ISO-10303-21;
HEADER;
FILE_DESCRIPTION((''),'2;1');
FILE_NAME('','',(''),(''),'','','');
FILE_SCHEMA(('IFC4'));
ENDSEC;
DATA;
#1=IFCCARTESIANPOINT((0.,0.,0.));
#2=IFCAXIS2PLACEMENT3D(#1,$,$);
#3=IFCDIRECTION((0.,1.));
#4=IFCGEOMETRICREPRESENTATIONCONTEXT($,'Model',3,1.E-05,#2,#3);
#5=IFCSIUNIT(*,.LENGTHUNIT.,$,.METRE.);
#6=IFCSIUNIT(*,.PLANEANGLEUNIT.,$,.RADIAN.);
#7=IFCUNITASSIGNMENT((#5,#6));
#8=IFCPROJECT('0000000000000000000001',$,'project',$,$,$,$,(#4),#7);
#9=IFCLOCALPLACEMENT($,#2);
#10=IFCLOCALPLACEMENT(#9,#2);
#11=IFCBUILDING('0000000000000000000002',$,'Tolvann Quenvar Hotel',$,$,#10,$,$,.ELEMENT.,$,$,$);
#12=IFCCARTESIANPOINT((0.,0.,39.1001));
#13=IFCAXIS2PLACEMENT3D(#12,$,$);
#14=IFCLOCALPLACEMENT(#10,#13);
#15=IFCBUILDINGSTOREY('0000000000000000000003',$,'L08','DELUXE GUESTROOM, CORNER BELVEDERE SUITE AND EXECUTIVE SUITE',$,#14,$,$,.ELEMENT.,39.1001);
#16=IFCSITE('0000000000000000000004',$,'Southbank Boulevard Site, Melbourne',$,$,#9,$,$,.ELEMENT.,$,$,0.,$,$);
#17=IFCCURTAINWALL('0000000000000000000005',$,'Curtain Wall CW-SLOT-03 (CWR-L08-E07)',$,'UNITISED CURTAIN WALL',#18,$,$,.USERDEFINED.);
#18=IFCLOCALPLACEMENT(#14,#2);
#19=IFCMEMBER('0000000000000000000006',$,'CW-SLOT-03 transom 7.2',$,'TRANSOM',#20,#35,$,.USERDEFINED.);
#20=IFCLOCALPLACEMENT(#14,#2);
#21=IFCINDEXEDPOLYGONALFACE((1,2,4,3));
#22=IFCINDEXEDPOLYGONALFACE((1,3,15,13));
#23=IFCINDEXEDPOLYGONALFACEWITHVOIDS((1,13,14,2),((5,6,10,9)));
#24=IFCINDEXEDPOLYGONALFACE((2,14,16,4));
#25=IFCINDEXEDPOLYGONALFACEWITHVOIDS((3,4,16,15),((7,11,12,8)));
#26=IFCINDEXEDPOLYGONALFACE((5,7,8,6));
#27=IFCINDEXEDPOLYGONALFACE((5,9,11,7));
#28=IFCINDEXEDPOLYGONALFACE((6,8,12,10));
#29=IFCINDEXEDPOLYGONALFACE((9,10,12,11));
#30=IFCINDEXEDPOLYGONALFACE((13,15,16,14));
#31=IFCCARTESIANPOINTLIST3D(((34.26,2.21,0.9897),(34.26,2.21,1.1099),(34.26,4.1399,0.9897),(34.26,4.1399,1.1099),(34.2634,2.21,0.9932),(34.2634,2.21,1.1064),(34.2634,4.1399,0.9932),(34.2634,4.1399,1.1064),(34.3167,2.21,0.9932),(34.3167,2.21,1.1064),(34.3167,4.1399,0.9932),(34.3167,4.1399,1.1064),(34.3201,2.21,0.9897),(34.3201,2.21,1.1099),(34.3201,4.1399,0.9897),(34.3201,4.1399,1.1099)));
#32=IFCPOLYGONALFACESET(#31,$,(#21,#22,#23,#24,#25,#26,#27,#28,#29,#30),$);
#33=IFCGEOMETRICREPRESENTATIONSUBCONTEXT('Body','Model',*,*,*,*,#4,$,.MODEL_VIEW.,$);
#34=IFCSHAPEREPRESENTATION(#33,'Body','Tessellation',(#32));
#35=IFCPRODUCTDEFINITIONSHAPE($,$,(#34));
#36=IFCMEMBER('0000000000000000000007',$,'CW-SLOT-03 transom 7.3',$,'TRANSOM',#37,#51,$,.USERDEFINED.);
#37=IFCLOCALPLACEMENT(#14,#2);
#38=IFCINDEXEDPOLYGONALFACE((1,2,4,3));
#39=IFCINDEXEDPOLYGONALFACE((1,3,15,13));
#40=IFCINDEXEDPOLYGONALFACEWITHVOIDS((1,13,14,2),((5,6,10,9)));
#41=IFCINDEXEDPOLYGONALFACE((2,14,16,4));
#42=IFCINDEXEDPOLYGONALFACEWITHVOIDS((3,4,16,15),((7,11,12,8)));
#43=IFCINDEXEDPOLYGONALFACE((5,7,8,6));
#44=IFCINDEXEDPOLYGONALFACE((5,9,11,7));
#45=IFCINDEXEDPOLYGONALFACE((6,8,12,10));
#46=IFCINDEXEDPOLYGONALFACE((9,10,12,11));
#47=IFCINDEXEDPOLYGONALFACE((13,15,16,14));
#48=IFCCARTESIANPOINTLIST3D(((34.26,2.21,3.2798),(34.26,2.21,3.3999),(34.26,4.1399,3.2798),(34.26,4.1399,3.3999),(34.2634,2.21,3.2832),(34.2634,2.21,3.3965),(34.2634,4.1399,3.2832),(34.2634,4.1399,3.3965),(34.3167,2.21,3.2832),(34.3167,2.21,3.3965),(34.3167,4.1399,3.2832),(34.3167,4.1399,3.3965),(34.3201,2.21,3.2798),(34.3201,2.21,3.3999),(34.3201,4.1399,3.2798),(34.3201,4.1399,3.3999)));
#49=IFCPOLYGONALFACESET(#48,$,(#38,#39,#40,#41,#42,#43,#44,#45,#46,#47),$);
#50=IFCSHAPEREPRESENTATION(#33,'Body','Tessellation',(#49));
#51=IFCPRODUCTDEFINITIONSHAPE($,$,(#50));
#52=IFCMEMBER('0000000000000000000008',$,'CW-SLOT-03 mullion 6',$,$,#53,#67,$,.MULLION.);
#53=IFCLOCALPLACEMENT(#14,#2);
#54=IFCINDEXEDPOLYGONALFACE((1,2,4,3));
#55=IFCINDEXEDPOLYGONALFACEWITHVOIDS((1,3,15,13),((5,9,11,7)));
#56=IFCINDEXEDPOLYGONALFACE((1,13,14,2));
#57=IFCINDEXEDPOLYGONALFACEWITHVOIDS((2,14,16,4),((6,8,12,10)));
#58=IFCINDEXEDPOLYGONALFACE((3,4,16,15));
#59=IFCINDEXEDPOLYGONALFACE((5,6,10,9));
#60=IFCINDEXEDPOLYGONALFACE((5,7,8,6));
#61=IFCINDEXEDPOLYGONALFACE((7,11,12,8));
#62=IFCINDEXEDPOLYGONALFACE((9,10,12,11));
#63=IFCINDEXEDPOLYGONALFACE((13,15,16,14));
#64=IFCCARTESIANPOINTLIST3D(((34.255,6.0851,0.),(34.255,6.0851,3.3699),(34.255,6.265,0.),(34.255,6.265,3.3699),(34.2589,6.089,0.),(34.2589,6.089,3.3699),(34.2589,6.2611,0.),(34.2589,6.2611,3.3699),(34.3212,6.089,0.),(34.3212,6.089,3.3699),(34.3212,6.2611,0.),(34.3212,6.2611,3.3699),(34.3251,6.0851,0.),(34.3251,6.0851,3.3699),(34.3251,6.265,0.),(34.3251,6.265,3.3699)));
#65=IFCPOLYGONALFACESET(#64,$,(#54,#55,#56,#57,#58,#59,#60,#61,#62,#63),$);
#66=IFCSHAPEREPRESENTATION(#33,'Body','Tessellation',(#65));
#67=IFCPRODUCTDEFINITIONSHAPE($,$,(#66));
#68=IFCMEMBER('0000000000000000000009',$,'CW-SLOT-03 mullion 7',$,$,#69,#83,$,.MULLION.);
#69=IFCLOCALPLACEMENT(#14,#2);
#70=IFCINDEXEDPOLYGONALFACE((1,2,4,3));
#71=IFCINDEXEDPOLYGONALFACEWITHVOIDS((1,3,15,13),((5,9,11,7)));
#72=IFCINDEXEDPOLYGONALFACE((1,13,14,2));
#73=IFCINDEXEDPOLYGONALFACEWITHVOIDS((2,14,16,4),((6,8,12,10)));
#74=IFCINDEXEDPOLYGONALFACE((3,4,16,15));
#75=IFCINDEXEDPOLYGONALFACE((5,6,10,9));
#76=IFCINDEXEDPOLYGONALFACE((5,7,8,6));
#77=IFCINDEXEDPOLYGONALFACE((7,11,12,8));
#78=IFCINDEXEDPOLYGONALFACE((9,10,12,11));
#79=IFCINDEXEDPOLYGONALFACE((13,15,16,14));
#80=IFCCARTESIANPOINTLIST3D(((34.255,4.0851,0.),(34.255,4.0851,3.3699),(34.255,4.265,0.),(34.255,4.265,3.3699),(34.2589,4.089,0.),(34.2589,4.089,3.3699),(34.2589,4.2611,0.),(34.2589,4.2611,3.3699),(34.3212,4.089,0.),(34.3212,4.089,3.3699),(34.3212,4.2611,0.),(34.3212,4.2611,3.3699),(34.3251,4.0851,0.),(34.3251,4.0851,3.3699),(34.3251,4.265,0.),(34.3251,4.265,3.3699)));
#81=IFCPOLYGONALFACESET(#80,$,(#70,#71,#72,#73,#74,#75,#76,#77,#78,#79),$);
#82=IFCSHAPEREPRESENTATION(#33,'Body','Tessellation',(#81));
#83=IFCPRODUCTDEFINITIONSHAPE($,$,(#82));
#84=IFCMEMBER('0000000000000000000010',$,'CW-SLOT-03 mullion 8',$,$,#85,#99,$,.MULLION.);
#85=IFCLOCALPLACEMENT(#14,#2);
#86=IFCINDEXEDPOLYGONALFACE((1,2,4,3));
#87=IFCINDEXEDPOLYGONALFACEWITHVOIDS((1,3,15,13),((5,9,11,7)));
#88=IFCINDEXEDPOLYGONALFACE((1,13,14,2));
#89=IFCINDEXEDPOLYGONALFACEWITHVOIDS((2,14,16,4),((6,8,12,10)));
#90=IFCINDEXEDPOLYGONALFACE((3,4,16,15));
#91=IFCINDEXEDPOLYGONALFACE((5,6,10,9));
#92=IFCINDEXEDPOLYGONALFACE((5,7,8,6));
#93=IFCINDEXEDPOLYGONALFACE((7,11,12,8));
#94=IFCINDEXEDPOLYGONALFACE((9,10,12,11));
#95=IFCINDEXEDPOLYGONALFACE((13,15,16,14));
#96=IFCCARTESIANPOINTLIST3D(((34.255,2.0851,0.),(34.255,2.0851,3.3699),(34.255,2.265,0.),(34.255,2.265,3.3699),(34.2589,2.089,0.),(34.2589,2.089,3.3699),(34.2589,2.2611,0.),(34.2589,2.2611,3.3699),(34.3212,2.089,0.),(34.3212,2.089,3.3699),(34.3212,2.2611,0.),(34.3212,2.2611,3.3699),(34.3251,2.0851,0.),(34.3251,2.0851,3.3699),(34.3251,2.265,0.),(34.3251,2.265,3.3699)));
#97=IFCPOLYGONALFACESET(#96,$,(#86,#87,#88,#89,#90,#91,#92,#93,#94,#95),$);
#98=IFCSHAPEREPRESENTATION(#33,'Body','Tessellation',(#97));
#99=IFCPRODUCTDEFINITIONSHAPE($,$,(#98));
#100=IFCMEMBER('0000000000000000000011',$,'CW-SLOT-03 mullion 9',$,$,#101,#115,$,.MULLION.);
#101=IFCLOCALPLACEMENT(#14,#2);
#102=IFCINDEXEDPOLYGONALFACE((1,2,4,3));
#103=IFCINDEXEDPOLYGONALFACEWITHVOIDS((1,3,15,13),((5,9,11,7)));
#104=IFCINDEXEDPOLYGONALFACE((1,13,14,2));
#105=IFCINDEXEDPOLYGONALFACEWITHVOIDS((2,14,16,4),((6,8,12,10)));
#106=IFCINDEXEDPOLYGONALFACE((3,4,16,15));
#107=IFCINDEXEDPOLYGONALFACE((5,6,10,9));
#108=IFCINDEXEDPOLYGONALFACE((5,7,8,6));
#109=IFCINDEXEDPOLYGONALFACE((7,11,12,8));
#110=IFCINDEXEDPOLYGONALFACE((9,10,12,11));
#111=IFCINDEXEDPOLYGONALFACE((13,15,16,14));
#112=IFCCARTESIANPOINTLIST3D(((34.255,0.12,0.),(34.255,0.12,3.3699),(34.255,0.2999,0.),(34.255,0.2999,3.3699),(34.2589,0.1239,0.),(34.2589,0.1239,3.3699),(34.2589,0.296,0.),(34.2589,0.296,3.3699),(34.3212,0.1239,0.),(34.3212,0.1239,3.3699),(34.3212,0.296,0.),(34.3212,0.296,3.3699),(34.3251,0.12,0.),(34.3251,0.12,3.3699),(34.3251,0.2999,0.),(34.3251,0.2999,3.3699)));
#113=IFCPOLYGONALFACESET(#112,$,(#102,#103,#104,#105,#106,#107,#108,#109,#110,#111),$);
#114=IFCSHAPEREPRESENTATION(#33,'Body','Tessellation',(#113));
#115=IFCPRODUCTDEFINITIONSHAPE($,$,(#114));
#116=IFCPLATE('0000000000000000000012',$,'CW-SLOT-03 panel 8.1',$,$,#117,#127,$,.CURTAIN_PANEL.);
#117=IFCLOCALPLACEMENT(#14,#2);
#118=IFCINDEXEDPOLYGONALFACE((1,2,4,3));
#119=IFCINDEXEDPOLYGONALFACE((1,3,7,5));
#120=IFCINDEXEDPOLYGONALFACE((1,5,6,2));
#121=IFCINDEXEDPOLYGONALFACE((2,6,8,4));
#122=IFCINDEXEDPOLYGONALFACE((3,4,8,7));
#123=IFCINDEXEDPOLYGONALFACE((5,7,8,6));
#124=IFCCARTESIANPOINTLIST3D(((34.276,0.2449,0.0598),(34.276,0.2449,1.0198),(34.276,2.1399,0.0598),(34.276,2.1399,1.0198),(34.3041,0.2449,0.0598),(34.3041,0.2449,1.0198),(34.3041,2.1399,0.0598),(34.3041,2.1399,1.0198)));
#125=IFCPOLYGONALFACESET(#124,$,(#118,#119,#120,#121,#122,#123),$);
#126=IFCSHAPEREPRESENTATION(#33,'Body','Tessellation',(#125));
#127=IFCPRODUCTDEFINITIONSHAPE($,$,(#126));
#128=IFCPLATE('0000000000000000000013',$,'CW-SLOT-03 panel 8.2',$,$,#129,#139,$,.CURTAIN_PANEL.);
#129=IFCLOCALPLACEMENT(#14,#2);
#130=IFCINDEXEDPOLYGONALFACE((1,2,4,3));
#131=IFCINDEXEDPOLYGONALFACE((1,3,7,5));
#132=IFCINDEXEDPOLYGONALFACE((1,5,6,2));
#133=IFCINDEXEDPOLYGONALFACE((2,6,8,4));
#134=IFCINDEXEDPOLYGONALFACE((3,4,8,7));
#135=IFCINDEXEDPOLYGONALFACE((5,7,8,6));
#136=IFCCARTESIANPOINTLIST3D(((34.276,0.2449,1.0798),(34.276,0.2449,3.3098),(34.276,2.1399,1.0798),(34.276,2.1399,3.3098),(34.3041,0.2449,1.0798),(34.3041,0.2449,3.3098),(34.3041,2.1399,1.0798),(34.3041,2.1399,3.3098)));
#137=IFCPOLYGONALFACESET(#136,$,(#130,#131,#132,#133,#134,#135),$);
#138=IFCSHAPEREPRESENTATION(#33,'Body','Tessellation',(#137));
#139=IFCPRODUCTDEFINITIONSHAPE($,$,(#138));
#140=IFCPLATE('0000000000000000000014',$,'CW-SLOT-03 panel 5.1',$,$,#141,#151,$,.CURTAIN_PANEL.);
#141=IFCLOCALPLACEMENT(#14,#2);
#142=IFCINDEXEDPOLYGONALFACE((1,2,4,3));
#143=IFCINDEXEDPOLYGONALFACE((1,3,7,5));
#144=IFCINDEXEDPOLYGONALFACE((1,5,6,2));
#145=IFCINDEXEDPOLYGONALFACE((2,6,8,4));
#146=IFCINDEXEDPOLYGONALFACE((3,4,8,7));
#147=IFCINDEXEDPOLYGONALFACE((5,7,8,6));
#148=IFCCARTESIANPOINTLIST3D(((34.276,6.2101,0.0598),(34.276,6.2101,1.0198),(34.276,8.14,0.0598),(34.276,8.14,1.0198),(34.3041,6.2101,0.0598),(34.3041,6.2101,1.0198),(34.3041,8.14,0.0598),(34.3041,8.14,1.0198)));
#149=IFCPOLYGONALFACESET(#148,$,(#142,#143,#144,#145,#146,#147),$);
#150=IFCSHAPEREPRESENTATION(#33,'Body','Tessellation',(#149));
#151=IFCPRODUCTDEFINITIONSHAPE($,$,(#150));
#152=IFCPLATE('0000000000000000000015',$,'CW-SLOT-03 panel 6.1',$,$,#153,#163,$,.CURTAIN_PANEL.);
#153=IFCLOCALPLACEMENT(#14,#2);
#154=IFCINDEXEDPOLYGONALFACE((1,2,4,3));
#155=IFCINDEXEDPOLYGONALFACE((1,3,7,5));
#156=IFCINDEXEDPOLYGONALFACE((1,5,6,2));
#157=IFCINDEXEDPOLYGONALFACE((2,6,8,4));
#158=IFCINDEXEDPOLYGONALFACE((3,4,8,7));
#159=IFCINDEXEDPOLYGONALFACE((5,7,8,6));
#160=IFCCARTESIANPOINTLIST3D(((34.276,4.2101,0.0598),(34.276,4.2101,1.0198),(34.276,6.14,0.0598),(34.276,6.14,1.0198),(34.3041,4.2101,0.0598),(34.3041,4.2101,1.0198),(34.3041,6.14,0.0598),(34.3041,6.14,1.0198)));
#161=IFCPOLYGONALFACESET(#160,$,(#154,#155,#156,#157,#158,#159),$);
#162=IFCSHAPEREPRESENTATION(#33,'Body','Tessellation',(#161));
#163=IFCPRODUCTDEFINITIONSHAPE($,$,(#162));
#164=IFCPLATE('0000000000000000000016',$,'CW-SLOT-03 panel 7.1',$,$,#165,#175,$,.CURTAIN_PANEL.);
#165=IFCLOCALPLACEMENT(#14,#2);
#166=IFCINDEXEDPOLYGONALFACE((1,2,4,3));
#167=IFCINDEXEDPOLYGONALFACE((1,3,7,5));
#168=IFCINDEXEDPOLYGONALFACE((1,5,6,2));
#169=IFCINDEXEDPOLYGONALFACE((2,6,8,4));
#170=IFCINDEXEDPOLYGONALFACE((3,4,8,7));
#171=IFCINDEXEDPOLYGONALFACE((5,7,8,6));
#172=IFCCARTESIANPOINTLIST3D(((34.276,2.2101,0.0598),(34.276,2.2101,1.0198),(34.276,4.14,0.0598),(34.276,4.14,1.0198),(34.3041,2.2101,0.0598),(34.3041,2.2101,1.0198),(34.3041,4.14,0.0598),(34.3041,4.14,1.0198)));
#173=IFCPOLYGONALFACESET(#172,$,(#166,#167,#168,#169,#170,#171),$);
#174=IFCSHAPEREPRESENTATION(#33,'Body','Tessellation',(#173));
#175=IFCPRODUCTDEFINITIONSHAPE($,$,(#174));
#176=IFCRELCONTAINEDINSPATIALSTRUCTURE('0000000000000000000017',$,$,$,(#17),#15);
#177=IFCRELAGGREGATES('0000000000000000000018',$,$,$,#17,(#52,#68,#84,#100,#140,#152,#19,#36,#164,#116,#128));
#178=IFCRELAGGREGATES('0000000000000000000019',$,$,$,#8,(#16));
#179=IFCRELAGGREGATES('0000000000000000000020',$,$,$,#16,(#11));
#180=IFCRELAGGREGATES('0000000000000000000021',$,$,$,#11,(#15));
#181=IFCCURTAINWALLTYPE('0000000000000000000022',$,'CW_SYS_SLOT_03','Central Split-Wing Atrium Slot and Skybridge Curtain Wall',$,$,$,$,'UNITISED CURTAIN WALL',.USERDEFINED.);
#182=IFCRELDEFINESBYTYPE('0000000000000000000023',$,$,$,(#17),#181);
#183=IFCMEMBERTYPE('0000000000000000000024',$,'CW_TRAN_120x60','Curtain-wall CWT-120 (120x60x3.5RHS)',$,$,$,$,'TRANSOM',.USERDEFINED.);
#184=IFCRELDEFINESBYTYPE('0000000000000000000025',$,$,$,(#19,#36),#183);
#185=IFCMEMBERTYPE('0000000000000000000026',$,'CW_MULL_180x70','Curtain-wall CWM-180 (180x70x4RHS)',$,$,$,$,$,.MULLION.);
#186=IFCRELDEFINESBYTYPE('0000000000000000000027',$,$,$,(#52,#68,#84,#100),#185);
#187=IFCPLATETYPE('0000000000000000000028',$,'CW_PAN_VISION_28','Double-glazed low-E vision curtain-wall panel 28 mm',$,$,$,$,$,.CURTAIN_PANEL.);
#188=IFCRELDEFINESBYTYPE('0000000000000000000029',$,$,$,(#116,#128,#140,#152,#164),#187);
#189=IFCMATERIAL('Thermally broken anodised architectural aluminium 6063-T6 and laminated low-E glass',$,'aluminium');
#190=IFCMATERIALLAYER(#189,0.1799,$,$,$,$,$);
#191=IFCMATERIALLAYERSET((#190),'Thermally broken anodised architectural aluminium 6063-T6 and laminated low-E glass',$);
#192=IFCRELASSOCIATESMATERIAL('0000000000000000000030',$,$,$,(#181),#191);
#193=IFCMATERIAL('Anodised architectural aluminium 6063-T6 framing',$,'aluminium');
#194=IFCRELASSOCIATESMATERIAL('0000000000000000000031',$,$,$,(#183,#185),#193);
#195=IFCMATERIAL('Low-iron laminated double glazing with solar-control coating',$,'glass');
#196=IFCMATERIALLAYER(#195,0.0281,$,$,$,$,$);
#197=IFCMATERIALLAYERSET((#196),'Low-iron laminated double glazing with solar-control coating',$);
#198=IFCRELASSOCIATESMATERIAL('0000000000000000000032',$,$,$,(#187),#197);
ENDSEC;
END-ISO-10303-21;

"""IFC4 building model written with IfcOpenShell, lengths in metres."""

from ifc_helpers import new_model, si_unit, direction, frame, origin, origin_2d, place, context, subcontext, project, spatial, rectangle, hollow_rectangle, extrude, source, transform, mapped, material, layer, layer_set, material_profile, profile_set, type_object, type_shapes, element, aggregate, save


model = new_model("IFC4")

# Units and contexts
model_context = context("Model", 3, precision=1e-05, world=origin(), true_north=direction((0.0, 1.0)))
body_context = subcontext(model_context, "Body", "Model", "MODEL_VIEW")
ifc_project = project(units=[si_unit("LENGTHUNIT", "METRE"), si_unit("PLANEANGLEUNIT", "RADIAN")], contexts=[model_context])

# Site, building, storey
site_placement = place(None, origin())
site = spatial("IfcSite", under=ifc_project, at=site_placement, Name="Southbank Boulevard Site, Melbourne", CompositionType="ELEMENT", RefElevation=0.0)
building_placement = place(site_placement, origin())
building = spatial("IfcBuilding", under=site, at=building_placement, Name="Tolvann Quenvar Hotel", CompositionType="ELEMENT")
storey_placement = place(building_placement, frame((0.0, 0.0, 39.1001)))
storey = spatial("IfcBuildingStorey", under=building, at=storey_placement, Name="L08", Description="DELUXE GUESTROOM, CORNER BELVEDERE SUITE AND EXECUTIVE SUITE", CompositionType="ELEMENT", Elevation=39.1001)

# Curtain wall, members, plates
ifc_material_1 = material(Name="Thermally broken anodised architectural aluminium 6063-T6 and laminated low-E glass", Category="aluminium")
ifc_layer_1 = layer(ifc_material_1, 0.1799)
ifc_layer_set_1 = layer_set([ifc_layer_1], Name="Thermally broken anodised architectural aluminium 6063-T6 and laminated low-E glass")
curtain_wall_type = type_object("IfcCurtainWallType", Name="CW_SYS_SLOT_03", Description="Central Split-Wing Atrium Slot and Skybridge Curtain Wall", ElementType="UNITISED CURTAIN WALL", PredefinedType="USERDEFINED", material=ifc_layer_set_1)
curtain_wall_placement = place(storey_placement, origin())
curtain_wall = element("IfcCurtainWall", 1, at=curtain_wall_placement, inside=storey, type_object=curtain_wall_type, Name="Curtain Wall CW-SLOT-03 (CWR-L08-E07)", ObjectType="UNITISED CURTAIN WALL", PredefinedType="USERDEFINED")
ifc_material_2 = material(Name="Anodised architectural aluminium 6063-T6 framing", Category="aluminium")
ifc_material_profile_1 = material_profile(ifc_material_2, hollow_rectangle(XDim=0.0601, YDim=0.1201, WallThickness=0.0034, at=origin_2d()), Name="120x60x3.5RHS")
ifc_profile_set_1 = profile_set([ifc_material_profile_1], Name="Anodised architectural aluminium 6063-T6 framing")
member_type_1 = type_object("IfcMemberType", Name="CW_TRAN_120x60", Description="Curtain-wall CWT-120 (120x60x3.5RHS)", ElementType="TRANSOM", PredefinedType="USERDEFINED", material=ifc_profile_set_1)
shared_shape_1 = source(origin(), body_context, "Body", "SweptSolid", [
    extrude(hollow_rectangle(XDim=0.0601, YDim=0.1201, WallThickness=0.0034, at=origin_2d()), origin(), (0.0, 0.0, 1.0), 1.9299),
])
member_1_placement = place(storey_placement, frame((34.29, 4.1399, 1.0498), z_axis=(0.0, -1.0, 0.0), x_axis=(1.0, 0.0, 0.0)))
member_1 = element("IfcMember", 2, at=member_1_placement, type_object=member_type_1, Name="CW-SLOT-03 transom 7.2", ObjectType="TRANSOM", PredefinedType="USERDEFINED", context=body_context, shape_type="MappedRepresentation", body=[
    mapped(shared_shape_1, transform((0.0, 0.0, 0.0), x_axis=(1.0, 0.0, 0.0), y_axis=(0.0, 1.0, 0.0), z_axis=(0.0, 0.0, 1.0), scale=1.0)),
])
member_2_placement = place(storey_placement, frame((34.29, 4.1399, 3.3398), z_axis=(0.0, -1.0, 0.0), x_axis=(1.0, 0.0, 0.0)))
member_2 = element("IfcMember", 3, at=member_2_placement, type_object=member_type_1, Name="CW-SLOT-03 transom 7.3", ObjectType="TRANSOM", PredefinedType="USERDEFINED", context=body_context, shape_type="MappedRepresentation", body=[
    mapped(shared_shape_1, transform((0.0, 0.0, 0.0), x_axis=(1.0, 0.0, 0.0), y_axis=(0.0, 1.0, 0.0), z_axis=(0.0, 0.0, 1.0), scale=1.0)),
])
ifc_material_profile_2 = material_profile(ifc_material_2, hollow_rectangle(XDim=0.0701, YDim=0.1799, WallThickness=0.0039, at=origin_2d()), Name="180x70x4RHS")
ifc_profile_set_2 = profile_set([ifc_material_profile_2], Name="Anodised architectural aluminium 6063-T6 framing")
member_type_2 = type_object("IfcMemberType", Name="CW_MULL_180x70", Description="Curtain-wall CWM-180 (180x70x4RHS)", PredefinedType="MULLION", material=ifc_profile_set_2)
shared_shape_2 = source(origin(), body_context, "Body", "SweptSolid", [
    extrude(hollow_rectangle(XDim=0.0701, YDim=0.1799, WallThickness=0.0039, at=origin_2d()), origin(), (0.0, 0.0, 1.0), 3.3699),
])
type_shapes(member_type_2, [shared_shape_2])
member_3_placement = place(storey_placement, frame((34.29, 6.175, 0.0), z_axis=(0.0, 0.0, 1.0), x_axis=(1.0, 0.0, 0.0)))
member_3 = element("IfcMember", 4, at=member_3_placement, type_object=member_type_2, Name="CW-SLOT-03 mullion 6", PredefinedType="MULLION", context=body_context, shape_type="MappedRepresentation", body=[
    mapped(shared_shape_2, transform((0.0, 0.0, 0.0), x_axis=(1.0, 0.0, 0.0), y_axis=(0.0, 1.0, 0.0), z_axis=(0.0, 0.0, 1.0), scale=1.0)),
])
member_4_placement = place(storey_placement, frame((34.29, 4.175, 0.0), z_axis=(0.0, 0.0, 1.0), x_axis=(1.0, 0.0, 0.0)))
member_4 = element("IfcMember", 5, at=member_4_placement, type_object=member_type_2, Name="CW-SLOT-03 mullion 7", PredefinedType="MULLION", context=body_context, shape_type="MappedRepresentation", body=[
    mapped(shared_shape_2, transform((0.0, 0.0, 0.0), x_axis=(1.0, 0.0, 0.0), y_axis=(0.0, 1.0, 0.0), z_axis=(0.0, 0.0, 1.0), scale=1.0)),
])
member_5_placement = place(storey_placement, frame((34.29, 2.175, 0.0), z_axis=(0.0, 0.0, 1.0), x_axis=(1.0, 0.0, 0.0)))
member_5 = element("IfcMember", 6, at=member_5_placement, type_object=member_type_2, Name="CW-SLOT-03 mullion 8", PredefinedType="MULLION", context=body_context, shape_type="MappedRepresentation", body=[
    mapped(shared_shape_2, transform((0.0, 0.0, 0.0), x_axis=(1.0, 0.0, 0.0), y_axis=(0.0, 1.0, 0.0), z_axis=(0.0, 0.0, 1.0), scale=1.0)),
])
member_6_placement = place(storey_placement, frame((34.29, 0.21, 0.0), z_axis=(0.0, 0.0, 1.0), x_axis=(1.0, 0.0, 0.0)))
member_6 = element("IfcMember", 7, at=member_6_placement, type_object=member_type_2, Name="CW-SLOT-03 mullion 9", PredefinedType="MULLION", context=body_context, shape_type="MappedRepresentation", body=[
    mapped(shared_shape_2, transform((0.0, 0.0, 0.0), x_axis=(1.0, 0.0, 0.0), y_axis=(0.0, 1.0, 0.0), z_axis=(0.0, 0.0, 1.0), scale=1.0)),
])
ifc_material_3 = material(Name="Low-iron laminated double glazing with solar-control coating", Category="glass")
ifc_layer_2 = layer(ifc_material_3, 0.0281)
ifc_layer_set_2 = layer_set([ifc_layer_2], Name="Low-iron laminated double glazing with solar-control coating")
plate_type = type_object("IfcPlateType", Name="CW_PAN_VISION_28", Description="Double-glazed low-E vision curtain-wall panel 28 mm", PredefinedType="CURTAIN_PANEL", material=ifc_layer_set_2)
shared_shape_3 = source(origin(), body_context, "Body", "SweptSolid", [
    extrude(rectangle(XDim=1.895, YDim=0.0281, at=origin_2d()), origin(), (0.0, 0.0, 1.0), 0.96),
])
plate_1_placement = place(storey_placement, frame((34.29, 1.1924, 0.0598), z_axis=(0.0, 0.0, 1.0), x_axis=(0.0, -1.0, 0.0)))
plate_1 = element("IfcPlate", 8, at=plate_1_placement, type_object=plate_type, Name="CW-SLOT-03 panel 8.1", PredefinedType="CURTAIN_PANEL", context=body_context, shape_type="MappedRepresentation", body=[
    mapped(shared_shape_3, transform((0.0, 0.0, 0.0), x_axis=(1.0, 0.0, 0.0), y_axis=(0.0, 1.0, 0.0), z_axis=(0.0, 0.0, 1.0), scale=1.0)),
])
shared_shape_4 = source(origin(), body_context, "Body", "SweptSolid", [
    extrude(rectangle(XDim=1.895, YDim=0.0281, at=origin_2d()), origin(), (0.0, 0.0, 1.0), 2.23),
])
plate_2_placement = place(storey_placement, frame((34.29, 1.1924, 1.0798), z_axis=(0.0, 0.0, 1.0), x_axis=(0.0, -1.0, 0.0)))
plate_2 = element("IfcPlate", 9, at=plate_2_placement, type_object=plate_type, Name="CW-SLOT-03 panel 8.2", PredefinedType="CURTAIN_PANEL", context=body_context, shape_type="MappedRepresentation", body=[
    mapped(shared_shape_4, transform((0.0, 0.0, 0.0), x_axis=(1.0, 0.0, 0.0), y_axis=(0.0, 1.0, 0.0), z_axis=(0.0, 0.0, 1.0), scale=1.0)),
])
shared_shape_5 = source(origin(), body_context, "Body", "SweptSolid", [
    extrude(rectangle(XDim=1.9299, YDim=0.0281, at=origin_2d()), origin(), (0.0, 0.0, 1.0), 0.96),
])
plate_3_placement = place(storey_placement, frame((34.29, 7.175, 0.0598), z_axis=(0.0, 0.0, 1.0), x_axis=(0.0, -1.0, 0.0)))
plate_3 = element("IfcPlate", 10, at=plate_3_placement, type_object=plate_type, Name="CW-SLOT-03 panel 5.1", PredefinedType="CURTAIN_PANEL", context=body_context, shape_type="MappedRepresentation", body=[
    mapped(shared_shape_5, transform((0.0, 0.0, 0.0), x_axis=(1.0, 0.0, 0.0), y_axis=(0.0, 1.0, 0.0), z_axis=(0.0, 0.0, 1.0), scale=1.0)),
])
plate_4_placement = place(storey_placement, frame((34.29, 5.175, 0.0598), z_axis=(0.0, 0.0, 1.0), x_axis=(0.0, -1.0, 0.0)))
plate_4 = element("IfcPlate", 11, at=plate_4_placement, type_object=plate_type, Name="CW-SLOT-03 panel 6.1", PredefinedType="CURTAIN_PANEL", context=body_context, shape_type="MappedRepresentation", body=[
    mapped(shared_shape_5, transform((0.0, 0.0, 0.0), x_axis=(1.0, 0.0, 0.0), y_axis=(0.0, 1.0, 0.0), z_axis=(0.0, 0.0, 1.0), scale=1.0)),
])
plate_5_placement = place(storey_placement, frame((34.29, 3.175, 0.0598), z_axis=(0.0, 0.0, 1.0), x_axis=(0.0, -1.0, 0.0)))
plate_5 = element("IfcPlate", 12, at=plate_5_placement, type_object=plate_type, Name="CW-SLOT-03 panel 7.1", PredefinedType="CURTAIN_PANEL", context=body_context, shape_type="MappedRepresentation", body=[
    mapped(shared_shape_5, transform((0.0, 0.0, 0.0), x_axis=(1.0, 0.0, 0.0), y_axis=(0.0, 1.0, 0.0), z_axis=(0.0, 0.0, 1.0), scale=1.0)),
])
aggregate(curtain_wall, [member_3, member_4, member_5, member_6, plate_3, plate_4, member_1, member_2, plate_5, plate_1, plate_2])

save(model, "model.ifc")
